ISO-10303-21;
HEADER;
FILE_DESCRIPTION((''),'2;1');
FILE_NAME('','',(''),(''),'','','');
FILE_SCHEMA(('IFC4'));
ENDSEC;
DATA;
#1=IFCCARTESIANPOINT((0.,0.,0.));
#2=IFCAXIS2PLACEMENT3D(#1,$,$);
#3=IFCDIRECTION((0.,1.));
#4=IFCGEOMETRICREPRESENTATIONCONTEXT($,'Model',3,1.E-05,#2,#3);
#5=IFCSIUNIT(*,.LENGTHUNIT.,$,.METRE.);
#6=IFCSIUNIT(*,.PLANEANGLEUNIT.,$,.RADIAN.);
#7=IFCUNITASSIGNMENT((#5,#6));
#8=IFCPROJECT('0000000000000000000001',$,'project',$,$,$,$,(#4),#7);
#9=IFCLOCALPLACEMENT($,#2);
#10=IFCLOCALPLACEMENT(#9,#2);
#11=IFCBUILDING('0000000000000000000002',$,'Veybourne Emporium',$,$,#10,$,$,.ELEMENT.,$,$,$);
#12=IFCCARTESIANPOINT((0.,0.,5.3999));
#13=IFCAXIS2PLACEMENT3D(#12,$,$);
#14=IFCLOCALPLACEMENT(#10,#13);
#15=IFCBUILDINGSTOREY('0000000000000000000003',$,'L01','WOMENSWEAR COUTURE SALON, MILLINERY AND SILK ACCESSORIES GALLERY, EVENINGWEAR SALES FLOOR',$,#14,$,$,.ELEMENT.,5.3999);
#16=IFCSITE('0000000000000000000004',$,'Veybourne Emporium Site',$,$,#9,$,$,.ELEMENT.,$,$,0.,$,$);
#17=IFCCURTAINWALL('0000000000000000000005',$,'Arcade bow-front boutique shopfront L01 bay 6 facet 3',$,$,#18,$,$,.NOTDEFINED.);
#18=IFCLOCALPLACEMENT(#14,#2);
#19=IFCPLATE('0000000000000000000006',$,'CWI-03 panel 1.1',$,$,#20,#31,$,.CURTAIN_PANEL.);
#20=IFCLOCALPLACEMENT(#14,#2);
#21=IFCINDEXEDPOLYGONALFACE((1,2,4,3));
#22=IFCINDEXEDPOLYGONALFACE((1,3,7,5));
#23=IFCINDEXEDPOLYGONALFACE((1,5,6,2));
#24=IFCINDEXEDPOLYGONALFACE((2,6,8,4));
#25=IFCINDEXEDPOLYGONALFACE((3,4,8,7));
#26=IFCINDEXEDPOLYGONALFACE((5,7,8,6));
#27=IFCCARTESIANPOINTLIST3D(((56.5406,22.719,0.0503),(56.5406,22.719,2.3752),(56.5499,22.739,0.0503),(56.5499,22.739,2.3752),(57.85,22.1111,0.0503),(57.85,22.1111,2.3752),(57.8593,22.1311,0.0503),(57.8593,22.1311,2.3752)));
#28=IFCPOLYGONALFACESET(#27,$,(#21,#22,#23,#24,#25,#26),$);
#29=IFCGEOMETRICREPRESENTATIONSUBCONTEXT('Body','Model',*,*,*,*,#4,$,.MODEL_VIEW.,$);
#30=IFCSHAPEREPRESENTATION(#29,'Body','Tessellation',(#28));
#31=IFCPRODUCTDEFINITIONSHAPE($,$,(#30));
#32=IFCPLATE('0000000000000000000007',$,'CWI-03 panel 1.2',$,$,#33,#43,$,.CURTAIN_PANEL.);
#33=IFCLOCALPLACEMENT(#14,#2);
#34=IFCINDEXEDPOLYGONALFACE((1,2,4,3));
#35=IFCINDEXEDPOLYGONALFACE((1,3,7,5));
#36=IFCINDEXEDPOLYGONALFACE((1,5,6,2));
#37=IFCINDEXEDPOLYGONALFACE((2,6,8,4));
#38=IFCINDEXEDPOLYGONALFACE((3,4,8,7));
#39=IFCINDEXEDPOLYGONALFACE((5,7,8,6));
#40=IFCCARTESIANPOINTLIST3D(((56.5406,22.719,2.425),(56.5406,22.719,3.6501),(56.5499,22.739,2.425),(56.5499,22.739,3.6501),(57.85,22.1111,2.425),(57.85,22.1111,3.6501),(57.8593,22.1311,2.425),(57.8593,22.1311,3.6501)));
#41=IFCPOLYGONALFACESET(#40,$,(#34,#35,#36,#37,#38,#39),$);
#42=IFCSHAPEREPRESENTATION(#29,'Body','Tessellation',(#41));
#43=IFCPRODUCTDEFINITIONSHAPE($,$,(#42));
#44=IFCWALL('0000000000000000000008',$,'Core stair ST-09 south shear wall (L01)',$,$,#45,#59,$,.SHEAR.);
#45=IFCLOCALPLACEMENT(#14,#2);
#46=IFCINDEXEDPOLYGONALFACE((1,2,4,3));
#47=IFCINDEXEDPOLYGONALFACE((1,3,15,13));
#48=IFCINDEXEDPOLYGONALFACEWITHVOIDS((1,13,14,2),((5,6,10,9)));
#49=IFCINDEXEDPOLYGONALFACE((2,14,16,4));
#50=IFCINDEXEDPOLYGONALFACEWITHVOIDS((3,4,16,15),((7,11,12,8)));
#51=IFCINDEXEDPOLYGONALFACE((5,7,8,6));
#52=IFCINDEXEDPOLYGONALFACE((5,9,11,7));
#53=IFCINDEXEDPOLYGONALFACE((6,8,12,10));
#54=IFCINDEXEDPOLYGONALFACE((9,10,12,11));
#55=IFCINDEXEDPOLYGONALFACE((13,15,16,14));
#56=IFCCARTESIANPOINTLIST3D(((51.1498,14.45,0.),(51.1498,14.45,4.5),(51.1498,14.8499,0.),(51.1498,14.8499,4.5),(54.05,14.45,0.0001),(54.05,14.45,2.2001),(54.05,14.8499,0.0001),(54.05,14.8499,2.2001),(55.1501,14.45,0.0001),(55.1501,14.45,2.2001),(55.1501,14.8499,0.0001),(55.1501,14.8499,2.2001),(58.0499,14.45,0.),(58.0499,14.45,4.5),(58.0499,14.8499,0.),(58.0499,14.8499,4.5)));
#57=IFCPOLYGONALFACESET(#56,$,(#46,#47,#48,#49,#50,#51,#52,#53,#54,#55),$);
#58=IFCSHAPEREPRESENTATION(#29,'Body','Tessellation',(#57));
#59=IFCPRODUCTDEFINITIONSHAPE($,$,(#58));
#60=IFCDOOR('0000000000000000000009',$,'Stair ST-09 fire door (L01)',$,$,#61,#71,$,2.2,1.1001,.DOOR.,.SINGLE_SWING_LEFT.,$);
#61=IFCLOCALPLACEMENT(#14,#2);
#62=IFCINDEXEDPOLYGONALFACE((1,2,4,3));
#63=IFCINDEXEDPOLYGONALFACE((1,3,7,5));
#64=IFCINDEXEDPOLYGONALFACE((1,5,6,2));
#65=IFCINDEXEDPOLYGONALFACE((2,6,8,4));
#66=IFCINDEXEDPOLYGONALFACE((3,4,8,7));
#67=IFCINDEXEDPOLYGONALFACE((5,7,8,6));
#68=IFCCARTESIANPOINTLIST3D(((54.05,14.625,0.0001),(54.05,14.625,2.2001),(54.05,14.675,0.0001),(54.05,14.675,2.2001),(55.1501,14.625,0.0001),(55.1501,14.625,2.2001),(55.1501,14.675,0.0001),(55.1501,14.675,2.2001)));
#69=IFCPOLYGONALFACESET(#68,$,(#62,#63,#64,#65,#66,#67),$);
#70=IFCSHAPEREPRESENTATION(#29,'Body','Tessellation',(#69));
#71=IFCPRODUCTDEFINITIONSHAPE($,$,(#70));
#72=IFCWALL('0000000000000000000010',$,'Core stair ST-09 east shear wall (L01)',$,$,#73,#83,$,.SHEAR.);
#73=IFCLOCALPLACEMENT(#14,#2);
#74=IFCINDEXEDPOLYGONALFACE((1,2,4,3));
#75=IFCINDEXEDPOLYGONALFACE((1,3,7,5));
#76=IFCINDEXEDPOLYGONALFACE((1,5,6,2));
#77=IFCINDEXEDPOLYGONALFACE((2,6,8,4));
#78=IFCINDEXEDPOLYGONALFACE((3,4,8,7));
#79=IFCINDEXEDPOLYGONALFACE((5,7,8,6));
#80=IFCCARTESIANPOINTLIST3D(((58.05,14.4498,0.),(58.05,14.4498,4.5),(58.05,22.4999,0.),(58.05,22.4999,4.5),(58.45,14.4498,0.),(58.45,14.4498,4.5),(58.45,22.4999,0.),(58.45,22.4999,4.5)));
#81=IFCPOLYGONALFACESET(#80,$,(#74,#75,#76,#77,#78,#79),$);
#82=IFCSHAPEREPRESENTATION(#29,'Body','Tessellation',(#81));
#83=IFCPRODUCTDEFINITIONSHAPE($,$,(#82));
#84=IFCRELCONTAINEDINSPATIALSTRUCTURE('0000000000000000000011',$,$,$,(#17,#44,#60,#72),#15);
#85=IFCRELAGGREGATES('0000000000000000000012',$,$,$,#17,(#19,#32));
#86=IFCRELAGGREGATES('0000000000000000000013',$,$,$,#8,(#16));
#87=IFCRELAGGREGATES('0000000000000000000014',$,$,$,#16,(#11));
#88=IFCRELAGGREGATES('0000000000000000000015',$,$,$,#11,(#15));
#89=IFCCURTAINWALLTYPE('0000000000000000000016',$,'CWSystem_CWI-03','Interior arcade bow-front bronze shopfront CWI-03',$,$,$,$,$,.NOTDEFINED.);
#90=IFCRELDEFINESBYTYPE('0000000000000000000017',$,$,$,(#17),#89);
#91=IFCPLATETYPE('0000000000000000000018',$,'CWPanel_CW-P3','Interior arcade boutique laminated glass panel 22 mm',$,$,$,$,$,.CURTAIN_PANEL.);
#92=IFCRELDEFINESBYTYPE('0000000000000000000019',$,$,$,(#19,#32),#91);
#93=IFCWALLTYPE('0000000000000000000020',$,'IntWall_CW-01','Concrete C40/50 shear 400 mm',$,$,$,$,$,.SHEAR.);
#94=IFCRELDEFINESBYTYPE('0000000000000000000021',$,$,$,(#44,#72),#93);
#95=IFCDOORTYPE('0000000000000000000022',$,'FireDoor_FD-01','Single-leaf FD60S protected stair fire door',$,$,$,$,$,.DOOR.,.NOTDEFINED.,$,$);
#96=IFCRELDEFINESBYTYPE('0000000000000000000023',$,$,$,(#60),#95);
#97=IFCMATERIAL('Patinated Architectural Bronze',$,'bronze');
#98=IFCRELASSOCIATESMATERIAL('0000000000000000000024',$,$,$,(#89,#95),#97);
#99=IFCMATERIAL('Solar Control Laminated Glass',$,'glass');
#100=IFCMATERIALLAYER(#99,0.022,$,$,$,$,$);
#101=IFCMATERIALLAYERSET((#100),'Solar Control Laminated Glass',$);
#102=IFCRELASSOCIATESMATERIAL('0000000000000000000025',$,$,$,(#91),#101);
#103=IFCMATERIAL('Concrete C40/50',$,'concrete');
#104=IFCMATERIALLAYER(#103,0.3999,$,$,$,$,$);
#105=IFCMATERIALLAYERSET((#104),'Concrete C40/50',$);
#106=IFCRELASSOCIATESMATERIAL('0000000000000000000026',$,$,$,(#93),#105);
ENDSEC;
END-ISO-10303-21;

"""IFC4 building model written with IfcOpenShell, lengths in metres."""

from ifc_helpers import new_model, si_unit, direction, frame, frame_2d, origin, origin_2d, place, context, subcontext, project, spatial, rectangle, extrude, material, layer, layer_set, type_object, element, fill, aggregate, save


model = new_model("IFC4")

# Units and contexts
model_context = context("Model", 3, precision=1e-05, world=origin(), true_north=direction((0.0, 1.0)))
body_context = subcontext(model_context, "Body", "Model", "MODEL_VIEW")
ifc_project = project(units=[si_unit("LENGTHUNIT", "METRE"), si_unit("PLANEANGLEUNIT", "RADIAN")], contexts=[model_context])

# Site, building, storey
site_placement = place(None, origin())
site = spatial("IfcSite", under=ifc_project, at=site_placement, Name="Veybourne Emporium Site", CompositionType="ELEMENT", RefElevation=0.0)
building_placement = place(site_placement, origin())
building = spatial("IfcBuilding", under=site, at=building_placement, Name="Veybourne Emporium", CompositionType="ELEMENT")
storey_placement = place(building_placement, frame((0.0, 0.0, 5.3999)))
storey = spatial("IfcBuildingStorey", under=building, at=storey_placement, Name="L01", Description="WOMENSWEAR COUTURE SALON, MILLINERY AND SILK ACCESSORIES GALLERY, EVENINGWEAR SALES FLOOR", CompositionType="ELEMENT", Elevation=5.3999)

# Curtain wall
ifc_material_1 = material(Name="Patinated Architectural Bronze", Category="bronze")
curtain_wall_type_1 = type_object("IfcCurtainWallType", Name="CWSystem_CWI-03", Description="Interior arcade bow-front bronze shopfront CWI-03", PredefinedType="NOTDEFINED", material=ifc_material_1)
curtain_wall_1_placement = place(storey_placement, origin())
curtain_wall_1 = element("IfcCurtainWall", 1, at=curtain_wall_1_placement, inside=storey, type_object=curtain_wall_type_1, Name="Arcade bow-front boutique shopfront L01 bay 6 facet 3", PredefinedType="NOTDEFINED")

# Plates
ifc_material_2 = material(Name="Solar Control Laminated Glass", Category="glass")
ifc_layer_1 = layer(ifc_material_2, 0.022)
ifc_layer_set_1 = layer_set([ifc_layer_1], Name="Solar Control Laminated Glass")
plate_type = type_object("IfcPlateType", Name="CWPanel_CW-P3", Description="Interior arcade boutique laminated glass panel 22 mm", PredefinedType="CURTAIN_PANEL", material=ifc_layer_set_1)
plate_1_placement = place(storey_placement, frame((57.2, 22.425, 0.0503), z_axis=(0.0, 0.0, 1.0), x_axis=(0.907009, -0.421111, 0.0)))
plate_1 = element("IfcPlate", 2, at=plate_1_placement, type_object=plate_type, Name="CWI-03 panel 1.1", PredefinedType="CURTAIN_PANEL", context=body_context, shape_type="SweptSolid", body=[
    extrude(rectangle(XDim=1.4436, YDim=0.022, at=origin_2d()), origin(), (0.0, 0.0, 1.0), 2.325),
])
plate_2_placement = place(storey_placement, frame((57.2, 22.425, 2.425), z_axis=(0.0, 0.0, 1.0), x_axis=(0.907009, -0.421111, 0.0)))
plate_2 = element("IfcPlate", 3, at=plate_2_placement, type_object=plate_type, Name="CWI-03 panel 1.2", PredefinedType="CURTAIN_PANEL", context=body_context, shape_type="SweptSolid", body=[
    extrude(rectangle(XDim=1.4436, YDim=0.022, at=origin_2d()), origin(), (0.0, 0.0, 1.0), 1.2251),
])
aggregate(curtain_wall_1, [plate_1, plate_2])

# Wall, opening, door
ifc_material_3 = material(Name="Concrete C40/50", Category="concrete")
ifc_layer_2 = layer(ifc_material_3, 0.3999)
ifc_layer_set_2 = layer_set([ifc_layer_2], Name="Concrete C40/50")
wall_type = type_object("IfcWallType", Name="IntWall_CW-01", Description="Concrete C40/50 shear 400 mm", PredefinedType="SHEAR", material=ifc_layer_set_2)
wall_1_placement = place(storey_placement, frame((58.05, 14.6499, 0.0), z_axis=(0.0, 0.0, 1.0), x_axis=(-1.0, 0.0, 0.0)))
wall_1 = element("IfcWall", 4, at=wall_1_placement, inside=storey, type_object=wall_type, Name="Core stair ST-09 south shear wall (L01)", PredefinedType="SHEAR", context=body_context, shape_type="SweptSolid", body=[
    extrude(rectangle(XDim=6.9001, YDim=0.3999, at=frame_2d((3.4502, 0.0))), origin(), (0.0, 0.0, 1.0), 4.5),
])
opening_placement = place(wall_1_placement, frame((2.8999, 0.0, 0.0)))
opening = element("IfcOpeningElement", 5, at=opening_placement, cuts=wall_1, PredefinedType="OPENING", context=body_context, shape_type="SweptSolid", body=[
    extrude(rectangle(XDim=1.1001, YDim=2.2, at=frame_2d((0.55, 1.1001))), frame((0.0, 0.22, 0.0), z_axis=(0.0, -1.0, 0.0), x_axis=(1.0, 0.0, 0.0)), (0.0, 0.0, 1.0), 0.4399),
])
door_type = type_object("IfcDoorType", Name="FireDoor_FD-01", Description="Single-leaf FD60S protected stair fire door", OperationType="NOTDEFINED", PredefinedType="DOOR", material=ifc_material_1)
door_placement = place(opening_placement, origin())
door = element("IfcDoor", 6, at=door_placement, inside=storey, type_object=door_type, Name="Stair ST-09 fire door (L01)", OperationType="SINGLE_SWING_LEFT", OverallHeight=2.2, OverallWidth=1.1001, PredefinedType="DOOR", context=body_context, shape_type="SweptSolid", body=[
    extrude(rectangle(XDim=1.1001, YDim=2.2, at=frame_2d((0.55, 1.1001))), frame((0.0, 0.0249, 0.0), z_axis=(0.0, -1.0, 0.0), x_axis=(1.0, 0.0, 0.0)), (0.0, 0.0, 1.0), 0.05),
])
fill(opening, door)

# Wall
wall_2_placement = place(storey_placement, frame((58.25, 14.45, 0.0), z_axis=(0.0, 0.0, 1.0), x_axis=(0.0, 1.0, 0.0)))
element("IfcWall", 7, at=wall_2_placement, inside=storey, type_object=wall_type, Name="Core stair ST-09 east shear wall (L01)", PredefinedType="SHEAR", context=body_context, shape_type="SweptSolid", body=[
    extrude(rectangle(XDim=8.05, YDim=0.3999, at=frame_2d((4.0249, 0.0))), origin(), (0.0, 0.0, 1.0), 4.5),
])

save(model, "model.ifc")
